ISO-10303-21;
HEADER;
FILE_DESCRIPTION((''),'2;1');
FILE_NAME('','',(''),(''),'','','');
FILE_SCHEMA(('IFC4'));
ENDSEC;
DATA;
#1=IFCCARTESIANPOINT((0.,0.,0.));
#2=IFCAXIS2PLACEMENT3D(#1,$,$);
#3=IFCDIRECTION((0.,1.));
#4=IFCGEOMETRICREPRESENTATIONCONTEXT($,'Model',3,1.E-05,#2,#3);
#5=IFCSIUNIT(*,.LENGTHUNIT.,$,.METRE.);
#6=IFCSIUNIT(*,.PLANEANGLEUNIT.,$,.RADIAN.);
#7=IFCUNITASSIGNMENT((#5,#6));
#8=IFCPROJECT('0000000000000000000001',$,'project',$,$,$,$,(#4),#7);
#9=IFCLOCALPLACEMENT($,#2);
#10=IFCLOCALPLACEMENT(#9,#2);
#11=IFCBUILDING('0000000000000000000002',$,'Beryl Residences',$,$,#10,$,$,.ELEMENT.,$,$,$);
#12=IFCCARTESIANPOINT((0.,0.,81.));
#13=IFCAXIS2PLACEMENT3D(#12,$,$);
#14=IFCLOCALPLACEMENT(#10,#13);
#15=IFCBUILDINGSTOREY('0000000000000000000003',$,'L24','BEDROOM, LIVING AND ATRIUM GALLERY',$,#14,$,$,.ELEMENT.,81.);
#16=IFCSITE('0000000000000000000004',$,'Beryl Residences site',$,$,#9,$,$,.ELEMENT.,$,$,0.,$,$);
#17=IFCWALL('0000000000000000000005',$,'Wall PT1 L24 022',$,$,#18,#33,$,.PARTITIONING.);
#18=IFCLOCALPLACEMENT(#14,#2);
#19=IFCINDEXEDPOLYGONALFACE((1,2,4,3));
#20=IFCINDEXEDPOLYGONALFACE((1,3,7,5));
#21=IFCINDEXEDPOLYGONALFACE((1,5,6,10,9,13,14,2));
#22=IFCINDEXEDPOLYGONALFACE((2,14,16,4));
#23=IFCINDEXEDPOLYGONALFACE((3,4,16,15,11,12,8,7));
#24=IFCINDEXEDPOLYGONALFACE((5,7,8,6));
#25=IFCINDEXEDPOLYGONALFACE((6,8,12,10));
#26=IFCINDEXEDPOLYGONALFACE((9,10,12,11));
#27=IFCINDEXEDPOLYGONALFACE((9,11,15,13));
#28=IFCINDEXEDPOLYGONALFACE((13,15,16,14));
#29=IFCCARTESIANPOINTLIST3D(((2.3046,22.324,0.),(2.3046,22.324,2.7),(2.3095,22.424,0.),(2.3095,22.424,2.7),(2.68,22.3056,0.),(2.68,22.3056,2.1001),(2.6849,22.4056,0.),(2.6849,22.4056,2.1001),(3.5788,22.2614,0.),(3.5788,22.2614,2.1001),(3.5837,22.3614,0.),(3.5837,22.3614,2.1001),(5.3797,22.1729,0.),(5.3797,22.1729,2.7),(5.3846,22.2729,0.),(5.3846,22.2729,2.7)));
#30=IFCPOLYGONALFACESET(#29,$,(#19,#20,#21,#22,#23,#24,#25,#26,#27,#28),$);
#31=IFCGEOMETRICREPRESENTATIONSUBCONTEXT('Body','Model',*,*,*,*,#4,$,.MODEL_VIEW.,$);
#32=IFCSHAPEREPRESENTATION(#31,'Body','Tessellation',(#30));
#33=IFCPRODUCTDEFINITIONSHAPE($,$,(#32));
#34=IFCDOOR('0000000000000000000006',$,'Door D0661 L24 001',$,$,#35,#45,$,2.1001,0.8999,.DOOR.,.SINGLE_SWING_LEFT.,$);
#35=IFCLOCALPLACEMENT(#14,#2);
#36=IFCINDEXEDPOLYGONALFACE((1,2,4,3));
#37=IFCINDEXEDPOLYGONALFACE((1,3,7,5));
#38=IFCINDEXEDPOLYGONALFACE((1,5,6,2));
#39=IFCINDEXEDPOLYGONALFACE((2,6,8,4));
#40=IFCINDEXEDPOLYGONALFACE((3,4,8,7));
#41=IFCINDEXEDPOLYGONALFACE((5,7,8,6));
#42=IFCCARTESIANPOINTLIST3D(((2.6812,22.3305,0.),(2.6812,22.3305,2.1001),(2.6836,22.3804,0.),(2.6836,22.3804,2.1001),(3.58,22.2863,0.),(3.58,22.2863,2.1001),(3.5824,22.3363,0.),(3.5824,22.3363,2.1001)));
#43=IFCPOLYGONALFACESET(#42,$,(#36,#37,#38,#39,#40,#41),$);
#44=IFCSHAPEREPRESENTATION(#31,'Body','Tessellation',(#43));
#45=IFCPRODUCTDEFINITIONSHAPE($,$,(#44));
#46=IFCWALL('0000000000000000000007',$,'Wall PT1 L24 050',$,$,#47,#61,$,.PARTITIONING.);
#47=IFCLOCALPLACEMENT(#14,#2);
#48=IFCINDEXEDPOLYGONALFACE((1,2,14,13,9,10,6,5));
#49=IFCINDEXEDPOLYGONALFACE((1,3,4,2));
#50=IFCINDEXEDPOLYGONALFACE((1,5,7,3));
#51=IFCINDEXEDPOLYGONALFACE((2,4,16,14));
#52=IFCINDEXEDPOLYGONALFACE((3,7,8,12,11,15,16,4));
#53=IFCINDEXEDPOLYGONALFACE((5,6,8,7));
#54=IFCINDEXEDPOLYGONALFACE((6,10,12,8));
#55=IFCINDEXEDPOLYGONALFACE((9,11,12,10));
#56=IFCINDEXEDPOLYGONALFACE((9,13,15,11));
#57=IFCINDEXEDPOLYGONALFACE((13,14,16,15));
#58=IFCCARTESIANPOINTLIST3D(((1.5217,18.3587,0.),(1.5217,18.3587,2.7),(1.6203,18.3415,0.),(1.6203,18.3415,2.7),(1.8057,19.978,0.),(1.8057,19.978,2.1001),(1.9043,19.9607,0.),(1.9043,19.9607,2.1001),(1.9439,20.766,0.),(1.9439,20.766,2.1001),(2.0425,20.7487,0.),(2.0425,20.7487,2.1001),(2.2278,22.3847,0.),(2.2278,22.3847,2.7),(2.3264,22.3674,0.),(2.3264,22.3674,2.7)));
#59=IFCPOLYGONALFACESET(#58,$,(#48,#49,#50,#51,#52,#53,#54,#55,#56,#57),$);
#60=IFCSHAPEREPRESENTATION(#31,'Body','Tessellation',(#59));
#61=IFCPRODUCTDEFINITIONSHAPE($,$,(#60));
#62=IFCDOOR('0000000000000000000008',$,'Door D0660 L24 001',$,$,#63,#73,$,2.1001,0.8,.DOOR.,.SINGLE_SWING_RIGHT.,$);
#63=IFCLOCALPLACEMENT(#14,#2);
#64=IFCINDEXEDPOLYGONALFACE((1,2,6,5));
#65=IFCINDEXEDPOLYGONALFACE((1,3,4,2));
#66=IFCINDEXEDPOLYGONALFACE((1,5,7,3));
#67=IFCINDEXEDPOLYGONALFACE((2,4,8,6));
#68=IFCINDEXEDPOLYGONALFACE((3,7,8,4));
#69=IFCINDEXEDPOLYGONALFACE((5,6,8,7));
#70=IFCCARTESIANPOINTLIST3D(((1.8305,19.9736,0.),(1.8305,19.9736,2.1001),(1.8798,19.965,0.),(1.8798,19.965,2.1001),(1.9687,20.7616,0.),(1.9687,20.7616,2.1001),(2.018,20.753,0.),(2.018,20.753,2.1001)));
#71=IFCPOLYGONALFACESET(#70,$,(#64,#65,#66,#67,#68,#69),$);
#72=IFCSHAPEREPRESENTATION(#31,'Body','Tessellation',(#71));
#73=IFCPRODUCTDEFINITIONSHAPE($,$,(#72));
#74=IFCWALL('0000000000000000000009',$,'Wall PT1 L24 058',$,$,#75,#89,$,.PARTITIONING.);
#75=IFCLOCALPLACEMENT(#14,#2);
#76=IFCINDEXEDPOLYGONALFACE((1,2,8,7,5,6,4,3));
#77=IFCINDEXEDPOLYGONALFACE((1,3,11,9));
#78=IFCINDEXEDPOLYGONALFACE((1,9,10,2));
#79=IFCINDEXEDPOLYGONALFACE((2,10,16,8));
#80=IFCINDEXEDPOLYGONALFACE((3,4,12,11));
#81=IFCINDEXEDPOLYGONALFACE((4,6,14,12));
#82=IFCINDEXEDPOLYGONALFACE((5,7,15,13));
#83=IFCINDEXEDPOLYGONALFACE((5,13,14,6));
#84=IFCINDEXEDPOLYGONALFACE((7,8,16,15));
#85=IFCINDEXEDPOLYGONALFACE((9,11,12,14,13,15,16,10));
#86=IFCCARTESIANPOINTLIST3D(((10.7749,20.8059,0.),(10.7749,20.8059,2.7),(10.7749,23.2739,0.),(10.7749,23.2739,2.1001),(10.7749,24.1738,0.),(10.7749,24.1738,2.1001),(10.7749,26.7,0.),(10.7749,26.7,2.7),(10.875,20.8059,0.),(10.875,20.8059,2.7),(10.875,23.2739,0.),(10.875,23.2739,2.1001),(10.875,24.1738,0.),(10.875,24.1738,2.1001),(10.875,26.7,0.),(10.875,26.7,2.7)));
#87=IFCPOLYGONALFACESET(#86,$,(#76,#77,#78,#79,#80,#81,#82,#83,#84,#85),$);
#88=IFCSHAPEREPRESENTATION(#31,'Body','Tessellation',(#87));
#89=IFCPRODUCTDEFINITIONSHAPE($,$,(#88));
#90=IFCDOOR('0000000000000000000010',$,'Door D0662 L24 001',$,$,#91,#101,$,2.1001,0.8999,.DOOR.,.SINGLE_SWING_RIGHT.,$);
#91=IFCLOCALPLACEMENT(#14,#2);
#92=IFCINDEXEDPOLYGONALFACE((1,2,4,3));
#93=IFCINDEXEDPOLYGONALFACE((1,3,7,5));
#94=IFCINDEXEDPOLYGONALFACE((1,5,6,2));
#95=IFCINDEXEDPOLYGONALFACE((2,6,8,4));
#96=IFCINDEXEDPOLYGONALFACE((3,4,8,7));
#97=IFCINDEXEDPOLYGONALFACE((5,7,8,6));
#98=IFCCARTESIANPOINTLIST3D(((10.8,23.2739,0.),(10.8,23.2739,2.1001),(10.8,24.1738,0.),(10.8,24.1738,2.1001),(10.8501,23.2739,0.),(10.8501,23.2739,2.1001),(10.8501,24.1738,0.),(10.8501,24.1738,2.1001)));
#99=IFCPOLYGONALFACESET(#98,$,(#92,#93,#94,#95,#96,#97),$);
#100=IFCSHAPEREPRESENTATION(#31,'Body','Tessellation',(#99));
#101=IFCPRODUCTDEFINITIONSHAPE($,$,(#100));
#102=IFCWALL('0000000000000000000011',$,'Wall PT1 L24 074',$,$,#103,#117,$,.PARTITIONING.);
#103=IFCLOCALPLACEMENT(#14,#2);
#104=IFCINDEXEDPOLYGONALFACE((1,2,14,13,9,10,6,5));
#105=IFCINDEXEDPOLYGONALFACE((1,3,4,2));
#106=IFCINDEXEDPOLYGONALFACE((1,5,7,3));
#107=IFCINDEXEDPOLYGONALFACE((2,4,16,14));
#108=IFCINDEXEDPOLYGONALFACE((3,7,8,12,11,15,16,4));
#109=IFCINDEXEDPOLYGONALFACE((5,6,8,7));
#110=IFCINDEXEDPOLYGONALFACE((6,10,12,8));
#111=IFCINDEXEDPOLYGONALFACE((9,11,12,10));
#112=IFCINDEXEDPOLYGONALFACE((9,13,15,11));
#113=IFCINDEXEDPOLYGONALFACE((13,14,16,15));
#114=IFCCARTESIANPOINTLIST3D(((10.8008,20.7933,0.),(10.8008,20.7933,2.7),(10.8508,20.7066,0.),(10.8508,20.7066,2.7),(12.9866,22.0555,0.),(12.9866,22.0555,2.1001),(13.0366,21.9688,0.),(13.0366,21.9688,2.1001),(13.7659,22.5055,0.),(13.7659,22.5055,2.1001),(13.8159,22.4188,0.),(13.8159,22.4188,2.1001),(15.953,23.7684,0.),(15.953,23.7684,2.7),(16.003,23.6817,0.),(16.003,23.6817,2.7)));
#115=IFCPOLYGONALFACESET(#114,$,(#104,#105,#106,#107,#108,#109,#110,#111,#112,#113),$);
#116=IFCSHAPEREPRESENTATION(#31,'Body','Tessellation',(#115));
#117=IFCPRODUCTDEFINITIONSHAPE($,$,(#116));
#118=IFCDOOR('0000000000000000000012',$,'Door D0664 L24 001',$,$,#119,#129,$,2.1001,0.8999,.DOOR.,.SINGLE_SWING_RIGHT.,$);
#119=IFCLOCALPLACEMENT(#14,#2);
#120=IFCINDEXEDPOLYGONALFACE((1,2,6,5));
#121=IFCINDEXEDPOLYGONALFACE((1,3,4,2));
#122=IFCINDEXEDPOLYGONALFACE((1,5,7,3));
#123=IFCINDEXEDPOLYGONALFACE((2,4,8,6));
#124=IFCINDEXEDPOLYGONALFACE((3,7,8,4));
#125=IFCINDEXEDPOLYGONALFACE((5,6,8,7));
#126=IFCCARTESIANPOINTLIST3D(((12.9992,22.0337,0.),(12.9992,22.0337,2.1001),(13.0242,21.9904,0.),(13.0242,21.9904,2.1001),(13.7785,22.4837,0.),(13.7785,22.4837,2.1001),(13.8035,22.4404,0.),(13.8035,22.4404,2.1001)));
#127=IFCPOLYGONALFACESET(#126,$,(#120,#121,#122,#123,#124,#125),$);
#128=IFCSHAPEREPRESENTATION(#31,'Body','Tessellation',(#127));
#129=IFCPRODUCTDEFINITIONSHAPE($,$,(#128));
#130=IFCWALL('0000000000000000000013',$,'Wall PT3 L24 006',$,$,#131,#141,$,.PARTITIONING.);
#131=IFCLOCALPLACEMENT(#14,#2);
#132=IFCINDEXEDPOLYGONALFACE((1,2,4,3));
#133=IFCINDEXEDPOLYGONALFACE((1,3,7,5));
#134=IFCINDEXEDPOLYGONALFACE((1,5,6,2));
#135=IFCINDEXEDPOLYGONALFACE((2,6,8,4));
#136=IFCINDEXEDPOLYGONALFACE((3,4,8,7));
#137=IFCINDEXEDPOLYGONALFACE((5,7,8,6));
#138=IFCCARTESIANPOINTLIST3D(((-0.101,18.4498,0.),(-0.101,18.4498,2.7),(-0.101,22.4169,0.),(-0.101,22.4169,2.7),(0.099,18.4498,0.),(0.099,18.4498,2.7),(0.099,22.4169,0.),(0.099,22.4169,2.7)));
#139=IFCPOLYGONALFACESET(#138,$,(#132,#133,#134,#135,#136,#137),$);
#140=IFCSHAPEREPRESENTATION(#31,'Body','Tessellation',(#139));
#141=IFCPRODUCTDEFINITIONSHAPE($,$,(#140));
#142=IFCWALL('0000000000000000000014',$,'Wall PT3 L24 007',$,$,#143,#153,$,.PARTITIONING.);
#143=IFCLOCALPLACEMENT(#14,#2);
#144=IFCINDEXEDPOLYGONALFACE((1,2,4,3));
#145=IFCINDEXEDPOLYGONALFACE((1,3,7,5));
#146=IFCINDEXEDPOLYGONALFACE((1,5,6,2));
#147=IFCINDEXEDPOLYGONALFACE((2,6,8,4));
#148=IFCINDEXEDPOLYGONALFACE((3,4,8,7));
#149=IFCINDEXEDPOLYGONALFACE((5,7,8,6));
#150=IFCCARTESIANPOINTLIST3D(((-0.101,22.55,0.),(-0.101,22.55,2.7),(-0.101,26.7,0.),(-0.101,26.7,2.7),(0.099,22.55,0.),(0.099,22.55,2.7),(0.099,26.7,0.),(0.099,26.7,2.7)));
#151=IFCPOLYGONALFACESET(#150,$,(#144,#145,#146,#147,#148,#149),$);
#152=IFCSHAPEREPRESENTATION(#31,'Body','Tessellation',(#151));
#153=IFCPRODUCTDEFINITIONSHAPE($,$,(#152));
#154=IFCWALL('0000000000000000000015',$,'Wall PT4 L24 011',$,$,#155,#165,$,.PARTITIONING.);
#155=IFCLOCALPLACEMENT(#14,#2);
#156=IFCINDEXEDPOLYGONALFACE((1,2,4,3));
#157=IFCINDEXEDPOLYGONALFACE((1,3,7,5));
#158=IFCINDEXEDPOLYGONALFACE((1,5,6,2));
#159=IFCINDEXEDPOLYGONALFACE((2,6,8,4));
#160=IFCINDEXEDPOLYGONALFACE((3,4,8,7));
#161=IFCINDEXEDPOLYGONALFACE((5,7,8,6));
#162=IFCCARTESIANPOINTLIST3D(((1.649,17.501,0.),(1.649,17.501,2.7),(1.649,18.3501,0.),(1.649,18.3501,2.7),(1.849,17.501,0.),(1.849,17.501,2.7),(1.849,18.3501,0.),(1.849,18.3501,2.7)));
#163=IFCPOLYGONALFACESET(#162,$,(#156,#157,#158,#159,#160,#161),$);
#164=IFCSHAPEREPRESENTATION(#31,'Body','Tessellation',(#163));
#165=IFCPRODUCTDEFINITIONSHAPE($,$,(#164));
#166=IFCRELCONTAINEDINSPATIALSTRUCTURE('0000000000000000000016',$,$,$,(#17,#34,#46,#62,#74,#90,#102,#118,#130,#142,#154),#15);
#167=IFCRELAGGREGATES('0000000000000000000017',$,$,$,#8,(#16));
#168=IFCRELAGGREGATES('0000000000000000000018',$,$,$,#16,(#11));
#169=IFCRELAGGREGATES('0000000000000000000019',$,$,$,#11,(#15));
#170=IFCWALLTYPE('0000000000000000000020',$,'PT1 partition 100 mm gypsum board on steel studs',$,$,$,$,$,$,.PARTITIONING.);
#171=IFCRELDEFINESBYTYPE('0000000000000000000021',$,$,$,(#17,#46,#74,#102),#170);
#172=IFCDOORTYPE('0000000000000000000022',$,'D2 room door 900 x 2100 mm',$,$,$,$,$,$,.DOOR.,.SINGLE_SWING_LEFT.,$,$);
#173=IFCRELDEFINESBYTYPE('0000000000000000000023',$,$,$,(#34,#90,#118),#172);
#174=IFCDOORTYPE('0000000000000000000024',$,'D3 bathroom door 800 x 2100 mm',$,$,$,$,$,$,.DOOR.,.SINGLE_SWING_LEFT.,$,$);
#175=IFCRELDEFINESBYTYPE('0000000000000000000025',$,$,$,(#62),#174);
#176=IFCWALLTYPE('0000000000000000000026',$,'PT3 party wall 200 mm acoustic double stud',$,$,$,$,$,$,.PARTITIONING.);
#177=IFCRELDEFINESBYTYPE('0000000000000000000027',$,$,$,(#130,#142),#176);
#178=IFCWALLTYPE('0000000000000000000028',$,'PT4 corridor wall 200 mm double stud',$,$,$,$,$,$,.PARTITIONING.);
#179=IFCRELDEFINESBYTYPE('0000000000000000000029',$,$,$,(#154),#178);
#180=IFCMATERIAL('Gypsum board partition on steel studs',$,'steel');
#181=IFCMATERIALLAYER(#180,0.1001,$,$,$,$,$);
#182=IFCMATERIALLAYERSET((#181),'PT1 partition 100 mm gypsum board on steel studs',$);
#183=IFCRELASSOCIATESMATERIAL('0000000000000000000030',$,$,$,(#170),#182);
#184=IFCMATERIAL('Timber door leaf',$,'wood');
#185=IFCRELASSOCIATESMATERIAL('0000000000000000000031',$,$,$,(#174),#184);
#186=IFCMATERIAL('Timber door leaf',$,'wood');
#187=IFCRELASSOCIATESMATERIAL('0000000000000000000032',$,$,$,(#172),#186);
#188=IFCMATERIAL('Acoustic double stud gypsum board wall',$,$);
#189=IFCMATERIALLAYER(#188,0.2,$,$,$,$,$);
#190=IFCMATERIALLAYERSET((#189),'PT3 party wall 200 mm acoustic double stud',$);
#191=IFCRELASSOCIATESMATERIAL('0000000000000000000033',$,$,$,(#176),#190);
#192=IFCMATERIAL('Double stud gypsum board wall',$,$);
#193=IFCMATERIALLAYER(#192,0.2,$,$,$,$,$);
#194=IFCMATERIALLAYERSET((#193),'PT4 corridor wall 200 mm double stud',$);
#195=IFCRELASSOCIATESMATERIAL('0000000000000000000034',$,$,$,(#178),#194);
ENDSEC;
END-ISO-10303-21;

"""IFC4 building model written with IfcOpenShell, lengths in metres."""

from ifc_helpers import new_model, si_unit, direction, frame, frame_2d, origin, place, context, subcontext, project, spatial, rectangle, extrude, material, layer, layer_set, type_object, element, fill, save


model = new_model("IFC4")

# Units and contexts
model_context = context("Model", 3, precision=1e-05, world=origin(), true_north=direction((0.0, 1.0)))
body_context = subcontext(model_context, "Body", "Model", "MODEL_VIEW")
ifc_project = project(units=[si_unit("LENGTHUNIT", "METRE"), si_unit("PLANEANGLEUNIT", "RADIAN")], contexts=[model_context])

# Site, building, storey
site_placement = place(None, origin())
site = spatial("IfcSite", under=ifc_project, at=site_placement, Name="Beryl Residences site", CompositionType="ELEMENT", RefElevation=0.0)
building_placement = place(site_placement, origin())
building = spatial("IfcBuilding", under=site, at=building_placement, Name="Beryl Residences", CompositionType="ELEMENT")
storey_placement = place(building_placement, frame((0.0, 0.0, 81.0)))
storey = spatial("IfcBuildingStorey", under=building, at=storey_placement, Name="L24", Description="BEDROOM, LIVING AND ATRIUM GALLERY", CompositionType="ELEMENT", Elevation=81.0)

# Shared definitions
ifc_material_1 = material(Name="Gypsum board partition on steel studs", Category="steel")
ifc_layer_1 = layer(ifc_material_1, 0.1001)
ifc_layer_set_1 = layer_set([ifc_layer_1], Name="PT1 partition 100 mm gypsum board on steel studs")
wall_type_1 = type_object("IfcWallType", Name="PT1 partition 100 mm gypsum board on steel studs", PredefinedType="PARTITIONING", material=ifc_layer_set_1)

# Shared definitions
ifc_material_2 = material(Name="Timber door leaf", Category="wood")
door_type_1 = type_object("IfcDoorType", Name="D3 bathroom door 800 x 2100 mm", OperationType="SINGLE_SWING_LEFT", PredefinedType="DOOR", material=ifc_material_2)

# Walls, openings, doors
wall_1_placement = place(storey_placement, frame((2.3069, 22.374, 0.0), z_axis=(0.0, 0.0, 1.0), x_axis=(0.998795, -0.049083, 0.0)))
wall_1 = element("IfcWall", 1, at=wall_1_placement, inside=storey, type_object=wall_type_1, Name="Wall PT1 L24 022", PredefinedType="PARTITIONING", context=body_context, shape_type="SweptSolid", body=[
    extrude(rectangle(XDim=3.0789, YDim=0.1001, at=frame_2d((1.5396, 0.0))), origin(), (0.0, 0.0, 1.0), 2.7),
])
opening_1_placement = place(wall_1_placement, frame((0.376, 0.0, 0.0)))
opening_1 = element("IfcOpeningElement", 2, at=opening_1_placement, cuts=wall_1, PredefinedType="OPENING", context=body_context, shape_type="SweptSolid", body=[
    extrude(rectangle(XDim=0.8999, YDim=2.1001, at=frame_2d((0.45, 1.05))), frame((0.0, 0.0601, 0.0), z_axis=(0.0, -1.0, 0.0), x_axis=(1.0, 0.0, 0.0)), (0.0, 0.0, 1.0), 0.1201),
])
ifc_material_3 = material(Name="Timber door leaf", Category="wood")
door_type_2 = type_object("IfcDoorType", Name="D2 room door 900 x 2100 mm", OperationType="SINGLE_SWING_LEFT", PredefinedType="DOOR", material=ifc_material_3)
door_1_placement = place(opening_1_placement, origin())
door_1 = element("IfcDoor", 3, at=door_1_placement, inside=storey, type_object=door_type_2, Name="Door D0661 L24 001", OperationType="SINGLE_SWING_LEFT", OverallHeight=2.1001, OverallWidth=0.8999, PredefinedType="DOOR", context=body_context, shape_type="SweptSolid", body=[
    extrude(rectangle(XDim=0.8999, YDim=2.1001, at=frame_2d((0.45, 1.05))), frame((0.0, 0.0249, 0.0), z_axis=(0.0, -1.0, 0.0), x_axis=(1.0, 0.0, 0.0)), (0.0, 0.0, 1.0), 0.05),
])
fill(opening_1, door_1)
wall_2_placement = place(storey_placement, frame((1.571, 18.3501, 0.0), z_axis=(0.0, 0.0, 1.0), x_axis=(0.172743, 0.984967, 0.0)))
wall_2 = element("IfcWall", 4, at=wall_2_placement, inside=storey, type_object=wall_type_1, Name="Wall PT1 L24 050", PredefinedType="PARTITIONING", context=body_context, shape_type="SweptSolid", body=[
    extrude(rectangle(XDim=4.0874, YDim=0.1001, at=frame_2d((2.0437, 0.0))), origin(), (0.0, 0.0, 1.0), 2.7),
])
opening_2_placement = place(wall_2_placement, frame((1.644, 0.0, 0.0)))
opening_2 = element("IfcOpeningElement", 5, at=opening_2_placement, cuts=wall_2, PredefinedType="OPENING", context=body_context, shape_type="SweptSolid", body=[
    extrude(rectangle(XDim=0.8, YDim=2.1001, at=frame_2d((0.3999, 1.05))), frame((0.0, 0.0601, 0.0), z_axis=(0.0, -1.0, 0.0), x_axis=(1.0, 0.0, 0.0)), (0.0, 0.0, 1.0), 0.1201),
])
door_2_placement = place(opening_2_placement, origin())
door_2 = element("IfcDoor", 6, at=door_2_placement, inside=storey, type_object=door_type_1, Name="Door D0660 L24 001", OperationType="SINGLE_SWING_RIGHT", OverallHeight=2.1001, OverallWidth=0.8, PredefinedType="DOOR", context=body_context, shape_type="SweptSolid", body=[
    extrude(rectangle(XDim=0.8, YDim=2.1001, at=frame_2d((0.3999, 1.05))), frame((0.0, 0.0249, 0.0), z_axis=(0.0, -1.0, 0.0), x_axis=(1.0, 0.0, 0.0)), (0.0, 0.0, 1.0), 0.05),
])
fill(opening_2, door_2)
wall_3_placement = place(storey_placement, frame((10.825, 20.8059, 0.0), z_axis=(0.0, 0.0, 1.0), x_axis=(0.0, 1.0, 0.0)))
wall_3 = element("IfcWall", 7, at=wall_3_placement, inside=storey, type_object=wall_type_1, Name="Wall PT1 L24 058", PredefinedType="PARTITIONING", context=body_context, shape_type="SweptSolid", body=[
    extrude(rectangle(XDim=5.894, YDim=0.1001, at=frame_2d((2.947, 0.0))), origin(), (0.0, 0.0, 1.0), 2.7),
])
opening_3_placement = place(wall_3_placement, frame((2.468, 0.0, 0.0)))
opening_3 = element("IfcOpeningElement", 8, at=opening_3_placement, cuts=wall_3, PredefinedType="OPENING", context=body_context, shape_type="SweptSolid", body=[
    extrude(rectangle(XDim=0.8999, YDim=2.1001, at=frame_2d((0.45, 1.05))), frame((0.0, 0.0601, 0.0), z_axis=(0.0, -1.0, 0.0), x_axis=(1.0, 0.0, 0.0)), (0.0, 0.0, 1.0), 0.1201),
])
door_3_placement = place(opening_3_placement, origin())
door_3 = element("IfcDoor", 9, at=door_3_placement, inside=storey, type_object=door_type_2, Name="Door D0662 L24 001", OperationType="SINGLE_SWING_RIGHT", OverallHeight=2.1001, OverallWidth=0.8999, PredefinedType="DOOR", context=body_context, shape_type="SweptSolid", body=[
    extrude(rectangle(XDim=0.8999, YDim=2.1001, at=frame_2d((0.45, 1.05))), frame((0.0, 0.0249, 0.0), z_axis=(0.0, -1.0, 0.0), x_axis=(1.0, 0.0, 0.0)), (0.0, 0.0, 1.0), 0.05),
])
fill(opening_3, door_3)
wall_4_placement = place(storey_placement, frame((10.8259, 20.75, 0.0), z_axis=(0.0, 0.0, 1.0), x_axis=(0.865987, 0.500067, 0.0)))
wall_4 = element("IfcWall", 10, at=wall_4_placement, inside=storey, type_object=wall_type_1, Name="Wall PT1 L24 074", PredefinedType="PARTITIONING", context=body_context, shape_type="SweptSolid", body=[
    extrude(rectangle(XDim=5.9495, YDim=0.1001, at=frame_2d((2.9746, 0.0))), origin(), (0.0, 0.0, 1.0), 2.7),
])
opening_4_placement = place(wall_4_placement, frame((2.5239, 0.0, 0.0)))
opening_4 = element("IfcOpeningElement", 11, at=opening_4_placement, cuts=wall_4, PredefinedType="OPENING", context=body_context, shape_type="SweptSolid", body=[
    extrude(rectangle(XDim=0.8999, YDim=2.1001, at=frame_2d((0.45, 1.05))), frame((0.0, 0.0601, 0.0), z_axis=(0.0, -1.0, 0.0), x_axis=(1.0, 0.0, 0.0)), (0.0, 0.0, 1.0), 0.1201),
])
door_4_placement = place(opening_4_placement, origin())
door_4 = element("IfcDoor", 12, at=door_4_placement, inside=storey, type_object=door_type_2, Name="Door D0664 L24 001", OperationType="SINGLE_SWING_RIGHT", OverallHeight=2.1001, OverallWidth=0.8999, PredefinedType="DOOR", context=body_context, shape_type="SweptSolid", body=[
    extrude(rectangle(XDim=0.8999, YDim=2.1001, at=frame_2d((0.45, 1.05))), frame((0.0, 0.0249, 0.0), z_axis=(0.0, -1.0, 0.0), x_axis=(1.0, 0.0, 0.0)), (0.0, 0.0, 1.0), 0.05),
])
fill(opening_4, door_4)

# Walls
ifc_material_4 = material(Name="Acoustic double stud gypsum board wall")
ifc_layer_2 = layer(ifc_material_4, 0.2)
ifc_layer_set_2 = layer_set([ifc_layer_2], Name="PT3 party wall 200 mm acoustic double stud")
wall_type_2 = type_object("IfcWallType", Name="PT3 party wall 200 mm acoustic double stud", PredefinedType="PARTITIONING", material=ifc_layer_set_2)
wall_5_placement = place(storey_placement, frame((-0.001, 18.45, 0.0), z_axis=(0.0, 0.0, 1.0), x_axis=(0.0, 1.0, 0.0)))
element("IfcWall", 13, at=wall_5_placement, inside=storey, type_object=wall_type_2, Name="Wall PT3 L24 006", PredefinedType="PARTITIONING", context=body_context, shape_type="SweptSolid", body=[
    extrude(rectangle(XDim=3.967, YDim=0.2, at=frame_2d((1.9834, 0.0))), origin(), (0.0, 0.0, 1.0), 2.7),
])
wall_6_placement = place(storey_placement, frame((-0.001, 22.55, 0.0), z_axis=(0.0, 0.0, 1.0), x_axis=(0.0, 1.0, 0.0)))
element("IfcWall", 14, at=wall_6_placement, inside=storey, type_object=wall_type_2, Name="Wall PT3 L24 007", PredefinedType="PARTITIONING", context=body_context, shape_type="SweptSolid", body=[
    extrude(rectangle(XDim=4.1499, YDim=0.2, at=frame_2d((2.075, 0.0))), origin(), (0.0, 0.0, 1.0), 2.7),
])
ifc_material_5 = material(Name="Double stud gypsum board wall")
ifc_layer_3 = layer(ifc_material_5, 0.2)
ifc_layer_set_3 = layer_set([ifc_layer_3], Name="PT4 corridor wall 200 mm double stud")
wall_type_3 = type_object("IfcWallType", Name="PT4 corridor wall 200 mm double stud", PredefinedType="PARTITIONING", material=ifc_layer_set_3)
wall_7_placement = place(storey_placement, frame((1.749, 18.3501, 0.0), z_axis=(0.0, 0.0, 1.0), x_axis=(0.0, -1.0, 0.0)))
element("IfcWall", 15, at=wall_7_placement, inside=storey, type_object=wall_type_3, Name="Wall PT4 L24 011", PredefinedType="PARTITIONING", context=body_context, shape_type="SweptSolid", body=[
    extrude(rectangle(XDim=0.8491, YDim=0.2, at=frame_2d((0.4246, 0.0))), origin(), (0.0, 0.0, 1.0), 2.7),
])

save(model, "model.ifc")
